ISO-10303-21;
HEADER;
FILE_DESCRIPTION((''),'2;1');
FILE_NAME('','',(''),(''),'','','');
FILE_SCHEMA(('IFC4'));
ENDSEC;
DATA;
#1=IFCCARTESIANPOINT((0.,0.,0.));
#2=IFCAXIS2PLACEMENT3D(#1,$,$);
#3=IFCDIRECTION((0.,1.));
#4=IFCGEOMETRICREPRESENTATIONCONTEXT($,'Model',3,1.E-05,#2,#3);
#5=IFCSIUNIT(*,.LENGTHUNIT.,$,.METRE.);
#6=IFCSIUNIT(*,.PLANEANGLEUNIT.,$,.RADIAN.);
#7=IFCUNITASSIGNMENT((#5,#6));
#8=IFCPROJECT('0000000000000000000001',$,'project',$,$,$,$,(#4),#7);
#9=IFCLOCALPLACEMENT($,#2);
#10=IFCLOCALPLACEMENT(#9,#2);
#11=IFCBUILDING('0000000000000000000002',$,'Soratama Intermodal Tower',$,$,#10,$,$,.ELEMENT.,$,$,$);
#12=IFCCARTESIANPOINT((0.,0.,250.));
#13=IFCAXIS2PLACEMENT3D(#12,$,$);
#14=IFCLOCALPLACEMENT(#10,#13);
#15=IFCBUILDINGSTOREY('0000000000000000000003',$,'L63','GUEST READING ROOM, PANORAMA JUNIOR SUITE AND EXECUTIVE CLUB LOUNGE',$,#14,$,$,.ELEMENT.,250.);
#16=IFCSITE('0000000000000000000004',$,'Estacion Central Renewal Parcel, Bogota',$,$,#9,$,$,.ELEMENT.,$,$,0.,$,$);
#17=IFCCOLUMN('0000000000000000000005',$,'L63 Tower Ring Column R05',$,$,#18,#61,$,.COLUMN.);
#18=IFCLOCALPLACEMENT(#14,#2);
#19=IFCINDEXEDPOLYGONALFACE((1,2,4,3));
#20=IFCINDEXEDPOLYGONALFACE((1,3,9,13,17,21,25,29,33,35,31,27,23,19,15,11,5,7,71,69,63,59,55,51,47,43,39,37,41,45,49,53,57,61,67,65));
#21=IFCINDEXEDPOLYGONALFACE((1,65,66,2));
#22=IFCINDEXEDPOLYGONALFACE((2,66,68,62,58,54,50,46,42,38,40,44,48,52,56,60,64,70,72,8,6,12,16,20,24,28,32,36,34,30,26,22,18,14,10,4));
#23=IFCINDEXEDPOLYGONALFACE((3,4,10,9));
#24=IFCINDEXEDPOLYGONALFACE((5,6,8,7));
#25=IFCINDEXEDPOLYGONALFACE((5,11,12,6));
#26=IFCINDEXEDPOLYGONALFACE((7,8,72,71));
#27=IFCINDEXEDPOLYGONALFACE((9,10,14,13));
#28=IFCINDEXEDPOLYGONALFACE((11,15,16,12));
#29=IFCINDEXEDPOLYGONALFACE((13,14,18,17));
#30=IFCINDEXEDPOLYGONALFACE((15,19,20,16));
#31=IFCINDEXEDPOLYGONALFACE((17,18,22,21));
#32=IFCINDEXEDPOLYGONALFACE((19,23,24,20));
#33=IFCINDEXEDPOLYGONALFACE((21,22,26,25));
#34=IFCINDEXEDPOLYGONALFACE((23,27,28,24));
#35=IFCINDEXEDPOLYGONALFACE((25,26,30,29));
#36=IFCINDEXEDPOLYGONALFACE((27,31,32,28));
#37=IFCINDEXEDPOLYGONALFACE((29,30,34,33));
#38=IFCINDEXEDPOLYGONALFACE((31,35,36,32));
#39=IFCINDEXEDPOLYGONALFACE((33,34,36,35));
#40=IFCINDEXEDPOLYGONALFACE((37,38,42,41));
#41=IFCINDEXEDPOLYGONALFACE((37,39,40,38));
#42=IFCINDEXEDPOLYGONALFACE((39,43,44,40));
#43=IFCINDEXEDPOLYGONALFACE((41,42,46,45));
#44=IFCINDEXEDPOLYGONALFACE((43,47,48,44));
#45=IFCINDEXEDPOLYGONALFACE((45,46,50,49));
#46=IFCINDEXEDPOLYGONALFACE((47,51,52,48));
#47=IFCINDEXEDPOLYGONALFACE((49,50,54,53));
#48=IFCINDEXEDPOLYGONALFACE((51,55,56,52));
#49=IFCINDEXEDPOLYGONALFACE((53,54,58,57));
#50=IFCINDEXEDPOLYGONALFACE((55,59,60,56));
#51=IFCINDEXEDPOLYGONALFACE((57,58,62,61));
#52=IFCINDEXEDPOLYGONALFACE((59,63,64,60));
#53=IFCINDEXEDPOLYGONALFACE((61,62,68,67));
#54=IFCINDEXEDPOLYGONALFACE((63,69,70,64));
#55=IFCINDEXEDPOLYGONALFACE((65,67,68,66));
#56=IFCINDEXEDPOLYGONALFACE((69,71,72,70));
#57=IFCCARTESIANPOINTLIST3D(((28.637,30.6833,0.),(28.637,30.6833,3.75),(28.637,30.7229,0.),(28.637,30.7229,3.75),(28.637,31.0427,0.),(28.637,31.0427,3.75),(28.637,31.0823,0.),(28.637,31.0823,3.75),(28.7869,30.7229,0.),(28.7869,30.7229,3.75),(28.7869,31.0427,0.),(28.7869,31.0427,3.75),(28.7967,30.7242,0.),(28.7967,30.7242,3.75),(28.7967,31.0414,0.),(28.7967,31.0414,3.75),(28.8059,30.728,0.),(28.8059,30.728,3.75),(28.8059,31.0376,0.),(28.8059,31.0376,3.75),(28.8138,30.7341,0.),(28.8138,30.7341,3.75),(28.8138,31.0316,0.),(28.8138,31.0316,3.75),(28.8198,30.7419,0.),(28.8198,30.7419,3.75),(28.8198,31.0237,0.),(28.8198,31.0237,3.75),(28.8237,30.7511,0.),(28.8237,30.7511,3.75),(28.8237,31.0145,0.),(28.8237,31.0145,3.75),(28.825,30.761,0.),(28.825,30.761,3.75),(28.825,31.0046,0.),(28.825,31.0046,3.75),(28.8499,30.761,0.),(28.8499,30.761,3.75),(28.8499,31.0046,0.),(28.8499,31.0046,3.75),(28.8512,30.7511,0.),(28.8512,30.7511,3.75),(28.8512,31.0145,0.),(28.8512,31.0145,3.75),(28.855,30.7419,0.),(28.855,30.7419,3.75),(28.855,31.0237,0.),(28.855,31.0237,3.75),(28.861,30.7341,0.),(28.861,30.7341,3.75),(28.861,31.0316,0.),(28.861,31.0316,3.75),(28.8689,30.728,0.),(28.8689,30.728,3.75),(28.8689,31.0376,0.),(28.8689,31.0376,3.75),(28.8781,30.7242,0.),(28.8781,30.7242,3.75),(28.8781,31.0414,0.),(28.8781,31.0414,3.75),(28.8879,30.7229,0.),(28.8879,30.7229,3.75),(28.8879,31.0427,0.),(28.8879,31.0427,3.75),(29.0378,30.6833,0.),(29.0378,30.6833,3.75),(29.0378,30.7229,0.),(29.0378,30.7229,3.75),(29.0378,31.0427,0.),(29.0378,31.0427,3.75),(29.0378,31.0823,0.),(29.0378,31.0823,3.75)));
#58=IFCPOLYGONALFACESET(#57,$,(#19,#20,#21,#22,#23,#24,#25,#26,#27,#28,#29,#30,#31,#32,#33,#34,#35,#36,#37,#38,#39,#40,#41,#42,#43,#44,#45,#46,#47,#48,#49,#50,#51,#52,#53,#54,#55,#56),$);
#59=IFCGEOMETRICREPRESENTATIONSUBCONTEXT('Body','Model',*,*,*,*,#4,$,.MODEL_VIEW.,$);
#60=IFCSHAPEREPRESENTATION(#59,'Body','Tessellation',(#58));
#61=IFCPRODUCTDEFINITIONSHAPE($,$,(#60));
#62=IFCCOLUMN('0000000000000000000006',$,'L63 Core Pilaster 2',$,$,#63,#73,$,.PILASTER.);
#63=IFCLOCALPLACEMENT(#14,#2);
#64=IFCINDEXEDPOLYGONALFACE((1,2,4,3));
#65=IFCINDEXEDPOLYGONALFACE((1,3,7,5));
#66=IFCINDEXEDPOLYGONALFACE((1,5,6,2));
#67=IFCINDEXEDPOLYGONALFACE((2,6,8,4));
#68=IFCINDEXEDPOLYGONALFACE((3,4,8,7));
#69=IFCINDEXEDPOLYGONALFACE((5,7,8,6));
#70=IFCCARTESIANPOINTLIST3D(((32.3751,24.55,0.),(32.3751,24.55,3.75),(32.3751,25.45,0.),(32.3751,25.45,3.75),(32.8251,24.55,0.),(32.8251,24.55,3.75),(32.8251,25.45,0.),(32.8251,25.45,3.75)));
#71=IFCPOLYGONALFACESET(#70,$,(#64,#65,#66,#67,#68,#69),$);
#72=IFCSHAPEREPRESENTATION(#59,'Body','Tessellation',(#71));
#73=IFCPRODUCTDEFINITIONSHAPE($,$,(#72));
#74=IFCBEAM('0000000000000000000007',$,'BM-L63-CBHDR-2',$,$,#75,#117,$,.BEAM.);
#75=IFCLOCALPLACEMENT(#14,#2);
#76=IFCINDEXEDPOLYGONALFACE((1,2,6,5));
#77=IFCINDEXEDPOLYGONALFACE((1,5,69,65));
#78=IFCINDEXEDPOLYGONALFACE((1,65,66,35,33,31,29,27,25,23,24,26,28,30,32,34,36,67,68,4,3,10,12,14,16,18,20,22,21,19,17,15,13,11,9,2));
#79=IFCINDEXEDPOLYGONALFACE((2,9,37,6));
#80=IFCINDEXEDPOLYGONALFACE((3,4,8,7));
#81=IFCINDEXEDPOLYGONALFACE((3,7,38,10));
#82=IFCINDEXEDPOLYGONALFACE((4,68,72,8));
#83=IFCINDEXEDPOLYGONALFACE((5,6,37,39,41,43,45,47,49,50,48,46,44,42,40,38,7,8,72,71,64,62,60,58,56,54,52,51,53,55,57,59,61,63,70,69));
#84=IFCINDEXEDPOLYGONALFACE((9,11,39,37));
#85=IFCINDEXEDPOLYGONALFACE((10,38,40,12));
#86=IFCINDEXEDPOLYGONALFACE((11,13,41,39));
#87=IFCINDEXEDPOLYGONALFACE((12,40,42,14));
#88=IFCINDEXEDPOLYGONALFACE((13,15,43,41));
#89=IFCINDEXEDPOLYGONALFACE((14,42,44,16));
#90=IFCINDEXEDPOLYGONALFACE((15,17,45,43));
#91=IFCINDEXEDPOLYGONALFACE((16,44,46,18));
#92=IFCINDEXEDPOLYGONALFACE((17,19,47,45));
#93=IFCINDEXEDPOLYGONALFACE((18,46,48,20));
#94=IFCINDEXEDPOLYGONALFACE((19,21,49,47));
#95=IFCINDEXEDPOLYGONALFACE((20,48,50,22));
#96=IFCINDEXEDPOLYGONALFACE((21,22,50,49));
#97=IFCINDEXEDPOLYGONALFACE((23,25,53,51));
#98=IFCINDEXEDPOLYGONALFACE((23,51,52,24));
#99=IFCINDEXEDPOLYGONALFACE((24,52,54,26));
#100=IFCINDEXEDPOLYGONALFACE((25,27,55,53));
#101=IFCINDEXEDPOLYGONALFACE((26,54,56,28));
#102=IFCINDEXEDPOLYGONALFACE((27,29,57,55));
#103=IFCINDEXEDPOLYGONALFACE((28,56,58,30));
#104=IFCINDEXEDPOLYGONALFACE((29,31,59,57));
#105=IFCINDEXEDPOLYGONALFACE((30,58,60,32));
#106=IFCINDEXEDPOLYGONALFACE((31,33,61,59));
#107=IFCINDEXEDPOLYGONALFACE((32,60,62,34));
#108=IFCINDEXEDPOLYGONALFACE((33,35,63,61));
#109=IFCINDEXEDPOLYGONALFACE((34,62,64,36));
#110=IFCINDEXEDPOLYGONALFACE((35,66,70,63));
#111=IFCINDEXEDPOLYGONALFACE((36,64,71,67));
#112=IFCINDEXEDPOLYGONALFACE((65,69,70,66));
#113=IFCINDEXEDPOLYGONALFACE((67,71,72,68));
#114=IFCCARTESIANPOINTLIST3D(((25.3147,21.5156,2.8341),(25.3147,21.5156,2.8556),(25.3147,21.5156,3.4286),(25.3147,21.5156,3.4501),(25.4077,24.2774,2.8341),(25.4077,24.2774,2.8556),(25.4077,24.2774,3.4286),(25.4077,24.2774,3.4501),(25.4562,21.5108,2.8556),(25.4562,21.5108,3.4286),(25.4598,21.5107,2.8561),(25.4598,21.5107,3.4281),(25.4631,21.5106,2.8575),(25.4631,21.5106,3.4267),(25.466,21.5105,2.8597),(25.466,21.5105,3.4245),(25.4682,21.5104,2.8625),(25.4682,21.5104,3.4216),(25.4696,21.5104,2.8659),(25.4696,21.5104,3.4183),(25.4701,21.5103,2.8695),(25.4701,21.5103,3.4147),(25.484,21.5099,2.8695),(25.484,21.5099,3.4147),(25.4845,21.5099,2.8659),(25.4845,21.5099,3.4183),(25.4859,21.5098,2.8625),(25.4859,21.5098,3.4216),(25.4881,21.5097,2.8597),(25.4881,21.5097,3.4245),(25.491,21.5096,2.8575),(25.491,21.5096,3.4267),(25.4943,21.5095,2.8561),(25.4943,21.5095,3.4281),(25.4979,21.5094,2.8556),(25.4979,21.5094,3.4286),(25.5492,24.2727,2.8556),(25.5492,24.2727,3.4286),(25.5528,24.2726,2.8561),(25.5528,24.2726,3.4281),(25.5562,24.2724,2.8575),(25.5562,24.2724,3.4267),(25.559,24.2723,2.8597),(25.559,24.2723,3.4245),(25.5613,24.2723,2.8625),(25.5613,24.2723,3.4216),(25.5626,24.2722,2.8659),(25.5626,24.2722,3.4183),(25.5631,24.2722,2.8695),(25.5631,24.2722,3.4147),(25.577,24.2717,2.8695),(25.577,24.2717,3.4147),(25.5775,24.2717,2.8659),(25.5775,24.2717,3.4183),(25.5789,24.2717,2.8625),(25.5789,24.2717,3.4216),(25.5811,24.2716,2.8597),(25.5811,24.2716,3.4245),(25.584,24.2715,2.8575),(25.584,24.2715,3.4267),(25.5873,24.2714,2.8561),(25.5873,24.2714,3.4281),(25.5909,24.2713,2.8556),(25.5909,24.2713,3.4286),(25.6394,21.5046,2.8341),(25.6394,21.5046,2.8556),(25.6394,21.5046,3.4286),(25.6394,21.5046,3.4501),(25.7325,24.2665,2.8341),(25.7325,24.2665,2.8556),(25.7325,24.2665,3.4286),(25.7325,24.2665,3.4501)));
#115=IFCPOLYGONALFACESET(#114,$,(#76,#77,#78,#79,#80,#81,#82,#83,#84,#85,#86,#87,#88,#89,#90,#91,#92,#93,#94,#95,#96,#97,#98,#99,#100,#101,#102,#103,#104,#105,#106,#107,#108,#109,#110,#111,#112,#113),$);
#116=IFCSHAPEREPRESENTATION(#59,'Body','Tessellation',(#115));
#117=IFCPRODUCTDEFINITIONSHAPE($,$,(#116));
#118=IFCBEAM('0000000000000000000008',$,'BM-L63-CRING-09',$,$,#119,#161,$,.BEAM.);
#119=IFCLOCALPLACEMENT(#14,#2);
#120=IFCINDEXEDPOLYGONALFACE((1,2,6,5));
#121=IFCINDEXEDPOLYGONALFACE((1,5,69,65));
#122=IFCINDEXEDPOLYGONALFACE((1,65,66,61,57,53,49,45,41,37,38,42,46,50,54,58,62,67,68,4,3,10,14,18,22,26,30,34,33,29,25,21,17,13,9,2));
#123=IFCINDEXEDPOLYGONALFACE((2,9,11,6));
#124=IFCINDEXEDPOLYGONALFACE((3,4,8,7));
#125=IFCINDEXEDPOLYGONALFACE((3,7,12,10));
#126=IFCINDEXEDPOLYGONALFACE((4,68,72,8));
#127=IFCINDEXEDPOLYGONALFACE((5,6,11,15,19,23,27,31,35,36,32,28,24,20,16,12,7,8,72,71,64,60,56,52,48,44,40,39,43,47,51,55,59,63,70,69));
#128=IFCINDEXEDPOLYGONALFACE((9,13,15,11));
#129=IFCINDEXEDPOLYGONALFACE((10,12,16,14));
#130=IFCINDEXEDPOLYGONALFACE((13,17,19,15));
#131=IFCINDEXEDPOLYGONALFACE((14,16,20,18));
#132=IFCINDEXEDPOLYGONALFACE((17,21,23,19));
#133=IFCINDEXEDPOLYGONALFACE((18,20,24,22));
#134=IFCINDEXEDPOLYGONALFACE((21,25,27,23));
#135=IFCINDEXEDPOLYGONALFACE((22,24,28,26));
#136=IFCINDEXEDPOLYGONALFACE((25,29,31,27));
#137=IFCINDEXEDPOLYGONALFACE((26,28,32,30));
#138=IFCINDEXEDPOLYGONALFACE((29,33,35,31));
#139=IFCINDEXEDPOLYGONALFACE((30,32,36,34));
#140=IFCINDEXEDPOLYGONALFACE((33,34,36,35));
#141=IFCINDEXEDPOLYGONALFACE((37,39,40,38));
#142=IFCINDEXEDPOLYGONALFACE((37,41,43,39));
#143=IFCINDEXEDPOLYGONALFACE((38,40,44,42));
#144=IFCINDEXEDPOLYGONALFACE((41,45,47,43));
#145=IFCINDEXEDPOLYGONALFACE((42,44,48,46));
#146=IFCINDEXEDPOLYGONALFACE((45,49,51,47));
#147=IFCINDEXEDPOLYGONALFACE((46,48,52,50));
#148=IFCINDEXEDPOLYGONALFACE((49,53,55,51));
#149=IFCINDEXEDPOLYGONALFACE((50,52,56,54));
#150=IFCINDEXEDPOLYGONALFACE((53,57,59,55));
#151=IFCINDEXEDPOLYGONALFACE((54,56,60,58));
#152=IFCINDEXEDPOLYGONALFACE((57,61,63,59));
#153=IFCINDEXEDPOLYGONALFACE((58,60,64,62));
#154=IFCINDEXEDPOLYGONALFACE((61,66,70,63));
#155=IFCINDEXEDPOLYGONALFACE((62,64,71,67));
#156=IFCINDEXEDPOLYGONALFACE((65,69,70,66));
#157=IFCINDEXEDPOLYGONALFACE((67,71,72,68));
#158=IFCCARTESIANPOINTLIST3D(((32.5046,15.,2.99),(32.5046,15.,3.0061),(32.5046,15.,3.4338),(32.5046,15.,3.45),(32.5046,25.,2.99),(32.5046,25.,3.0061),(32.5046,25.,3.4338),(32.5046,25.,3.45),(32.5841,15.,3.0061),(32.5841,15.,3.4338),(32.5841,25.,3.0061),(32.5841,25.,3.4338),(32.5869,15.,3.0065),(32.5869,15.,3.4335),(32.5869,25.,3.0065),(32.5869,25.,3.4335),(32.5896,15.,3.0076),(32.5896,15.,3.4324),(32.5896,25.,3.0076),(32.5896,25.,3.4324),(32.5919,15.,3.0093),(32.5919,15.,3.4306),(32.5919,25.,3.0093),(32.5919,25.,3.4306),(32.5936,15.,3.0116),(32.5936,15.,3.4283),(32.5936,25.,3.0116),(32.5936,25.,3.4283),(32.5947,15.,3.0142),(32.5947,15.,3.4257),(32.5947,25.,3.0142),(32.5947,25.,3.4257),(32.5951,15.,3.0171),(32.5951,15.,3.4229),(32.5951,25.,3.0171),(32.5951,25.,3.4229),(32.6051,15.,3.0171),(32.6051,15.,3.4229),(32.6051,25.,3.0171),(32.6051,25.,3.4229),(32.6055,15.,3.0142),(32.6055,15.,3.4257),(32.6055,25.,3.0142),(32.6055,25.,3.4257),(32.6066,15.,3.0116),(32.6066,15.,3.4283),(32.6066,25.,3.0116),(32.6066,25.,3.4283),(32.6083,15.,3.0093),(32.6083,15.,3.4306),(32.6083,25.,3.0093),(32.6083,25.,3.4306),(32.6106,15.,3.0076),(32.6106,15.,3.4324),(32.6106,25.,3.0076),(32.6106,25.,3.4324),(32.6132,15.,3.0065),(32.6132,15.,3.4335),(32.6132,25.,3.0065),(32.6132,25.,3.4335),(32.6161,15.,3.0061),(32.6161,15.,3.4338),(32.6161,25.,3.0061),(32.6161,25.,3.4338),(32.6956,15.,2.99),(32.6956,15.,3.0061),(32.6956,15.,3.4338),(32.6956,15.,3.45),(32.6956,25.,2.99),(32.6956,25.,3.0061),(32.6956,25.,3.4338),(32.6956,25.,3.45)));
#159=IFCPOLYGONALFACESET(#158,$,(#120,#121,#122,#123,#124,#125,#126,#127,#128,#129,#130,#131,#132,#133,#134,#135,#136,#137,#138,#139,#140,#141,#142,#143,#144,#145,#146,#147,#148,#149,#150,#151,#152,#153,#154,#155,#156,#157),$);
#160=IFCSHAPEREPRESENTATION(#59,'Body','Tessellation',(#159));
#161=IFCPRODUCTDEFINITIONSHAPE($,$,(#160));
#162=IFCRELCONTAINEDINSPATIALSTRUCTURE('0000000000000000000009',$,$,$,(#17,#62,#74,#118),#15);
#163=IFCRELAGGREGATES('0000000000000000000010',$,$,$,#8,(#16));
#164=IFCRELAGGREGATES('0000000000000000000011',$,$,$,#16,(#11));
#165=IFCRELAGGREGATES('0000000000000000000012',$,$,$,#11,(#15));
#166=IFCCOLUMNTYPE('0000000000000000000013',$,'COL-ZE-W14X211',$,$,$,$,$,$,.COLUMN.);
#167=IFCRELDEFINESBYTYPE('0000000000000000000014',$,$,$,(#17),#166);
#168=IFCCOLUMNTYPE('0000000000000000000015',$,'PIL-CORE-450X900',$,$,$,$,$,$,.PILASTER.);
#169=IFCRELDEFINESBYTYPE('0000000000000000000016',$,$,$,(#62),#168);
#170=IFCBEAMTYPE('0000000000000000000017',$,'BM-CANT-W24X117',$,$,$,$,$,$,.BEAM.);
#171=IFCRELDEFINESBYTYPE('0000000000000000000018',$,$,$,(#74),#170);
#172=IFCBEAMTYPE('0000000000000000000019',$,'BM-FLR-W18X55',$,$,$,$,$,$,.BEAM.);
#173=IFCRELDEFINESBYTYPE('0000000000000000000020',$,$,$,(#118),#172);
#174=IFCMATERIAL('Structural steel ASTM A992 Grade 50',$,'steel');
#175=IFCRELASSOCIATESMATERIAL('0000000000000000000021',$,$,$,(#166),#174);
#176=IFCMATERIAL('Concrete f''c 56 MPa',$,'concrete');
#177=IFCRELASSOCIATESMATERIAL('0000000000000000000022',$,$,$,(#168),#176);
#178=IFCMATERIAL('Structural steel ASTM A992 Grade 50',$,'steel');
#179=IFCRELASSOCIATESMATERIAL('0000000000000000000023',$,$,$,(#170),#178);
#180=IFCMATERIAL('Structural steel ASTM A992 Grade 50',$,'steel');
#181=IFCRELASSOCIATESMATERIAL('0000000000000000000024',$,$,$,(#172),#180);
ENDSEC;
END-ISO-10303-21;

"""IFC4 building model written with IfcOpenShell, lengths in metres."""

from ifc_helpers import new_model, si_unit, direction, frame, origin, origin_2d, place, context, subcontext, project, spatial, rectangle, i_section, extrude, material, material_profile, profile_set, type_object, element, save


model = new_model("IFC4")

# Units and contexts
model_context = context("Model", 3, precision=1e-05, world=origin(), true_north=direction((0.0, 1.0)))
body_context = subcontext(model_context, "Body", "Model", "MODEL_VIEW")
ifc_project = project(units=[si_unit("LENGTHUNIT", "METRE"), si_unit("PLANEANGLEUNIT", "RADIAN")], contexts=[model_context])

# Site, building, storey
site_placement = place(None, origin())
site = spatial("IfcSite", under=ifc_project, at=site_placement, Name="Estacion Central Renewal Parcel, Bogota", CompositionType="ELEMENT", RefElevation=0.0)
building_placement = place(site_placement, origin())
building = spatial("IfcBuilding", under=site, at=building_placement, Name="Soratama Intermodal Tower", CompositionType="ELEMENT")
storey_placement = place(building_placement, frame((0.0, 0.0, 250.0)))
storey = spatial("IfcBuildingStorey", under=building, at=storey_placement, Name="L63", Description="GUEST READING ROOM, PANORAMA JUNIOR SUITE AND EXECUTIVE CLUB LOUNGE", CompositionType="ELEMENT", Elevation=250.0)

# Columns
ifc_material_1 = material(Name="Structural steel ASTM A992 Grade 50", Category="steel")
ifc_material_profile_1 = material_profile(ifc_material_1, i_section(OverallWidth=0.4009, OverallDepth=0.3989, WebThickness=0.0249, FlangeThickness=0.0396, FilletRadius=0.0381, at=origin_2d()), Name="W14X211")
ifc_profile_set_1 = profile_set([ifc_material_profile_1], Name="Structural steel ASTM A992 Grade 50")
column_type_1 = type_object("IfcColumnType", Name="COL-ZE-W14X211", PredefinedType="COLUMN", material=ifc_profile_set_1)
column_1_placement = place(storey_placement, frame((28.8374, 30.8828, 0.0), z_axis=(0.0, 0.0, 1.0), x_axis=(1.0, 0.0, 0.0)))
element("IfcColumn", 1, at=column_1_placement, inside=storey, type_object=column_type_1, Name="L63 Tower Ring Column R05", PredefinedType="COLUMN", context=body_context, shape_type="SweptSolid", body=[
    extrude(i_section(OverallWidth=0.4009, OverallDepth=0.3989, WebThickness=0.0249, FlangeThickness=0.0396, FilletRadius=0.0381, at=origin_2d()), origin(), (0.0, 0.0, 1.0), 3.75),
])
ifc_material_2 = material(Name="Concrete f'c 56 MPa", Category="concrete")
ifc_material_profile_2 = material_profile(ifc_material_2, rectangle(XDim=0.45, YDim=0.8999, at=origin_2d()), Name="RC450X900")
ifc_profile_set_2 = profile_set([ifc_material_profile_2], Name="Concrete f'c 56 MPa")
column_type_2 = type_object("IfcColumnType", Name="PIL-CORE-450X900", PredefinedType="PILASTER", material=ifc_profile_set_2)
column_2_placement = place(storey_placement, frame((32.6001, 25.0, 0.0), z_axis=(0.0, 0.0, 1.0), x_axis=(1.0, 0.0, 0.0)))
element("IfcColumn", 2, at=column_2_placement, inside=storey, type_object=column_type_2, Name="L63 Core Pilaster 2", PredefinedType="PILASTER", context=body_context, shape_type="SweptSolid", body=[
    extrude(rectangle(XDim=0.45, YDim=0.8999, at=origin_2d()), origin(), (0.0, 0.0, 1.0), 3.75),
])

# Beams
ifc_material_3 = material(Name="Structural steel ASTM A992 Grade 50", Category="steel")
ifc_material_profile_3 = material_profile(ifc_material_3, i_section(OverallWidth=0.325, OverallDepth=0.616, WebThickness=0.0139, FlangeThickness=0.0215, FilletRadius=0.0139, at=origin_2d()), Name="W24X117")
ifc_profile_set_3 = profile_set([ifc_material_profile_3], Name="Structural steel ASTM A992 Grade 50")
beam_type_1 = type_object("IfcBeamType", Name="BM-CANT-W24X117", PredefinedType="BEAM", material=ifc_profile_set_3)
beam_1_placement = place(storey_placement, frame((25.5701, 24.272, 3.1421), z_axis=(-0.033659, -0.999433, 0.0), x_axis=(0.999433, -0.033659, 0.0)))
element("IfcBeam", 3, at=beam_1_placement, inside=storey, type_object=beam_type_1, Name="BM-L63-CBHDR-2", PredefinedType="BEAM", context=body_context, shape_type="SweptSolid", body=[
    extrude(i_section(OverallWidth=0.325, OverallDepth=0.616, WebThickness=0.0139, FlangeThickness=0.0215, FilletRadius=0.0139, at=origin_2d()), origin(), (0.0, 0.0, 1.0), 2.7634),
])
ifc_material_4 = material(Name="Structural steel ASTM A992 Grade 50", Category="steel")
ifc_material_profile_4 = material_profile(ifc_material_4, i_section(OverallWidth=0.1909, OverallDepth=0.46, WebThickness=0.01, FlangeThickness=0.0161, FilletRadius=0.011, at=origin_2d()), Name="W18X55")
ifc_profile_set_4 = profile_set([ifc_material_profile_4], Name="Structural steel ASTM A992 Grade 50")
beam_type_2 = type_object("IfcBeamType", Name="BM-FLR-W18X55", PredefinedType="BEAM", material=ifc_profile_set_4)
beam_2_placement = place(storey_placement, frame((32.6001, 25.0, 3.22), z_axis=(0.0, -1.0, 0.0), x_axis=(1.0, 0.0, 0.0)))
element("IfcBeam", 4, at=beam_2_placement, inside=storey, type_object=beam_type_2, Name="BM-L63-CRING-09", PredefinedType="BEAM", context=body_context, shape_type="SweptSolid", body=[
    extrude(i_section(OverallWidth=0.1909, OverallDepth=0.46, WebThickness=0.01, FlangeThickness=0.0161, FilletRadius=0.011, at=origin_2d()), origin(), (0.0, 0.0, 1.0), 10.0),
])

save(model, "model.ifc")
